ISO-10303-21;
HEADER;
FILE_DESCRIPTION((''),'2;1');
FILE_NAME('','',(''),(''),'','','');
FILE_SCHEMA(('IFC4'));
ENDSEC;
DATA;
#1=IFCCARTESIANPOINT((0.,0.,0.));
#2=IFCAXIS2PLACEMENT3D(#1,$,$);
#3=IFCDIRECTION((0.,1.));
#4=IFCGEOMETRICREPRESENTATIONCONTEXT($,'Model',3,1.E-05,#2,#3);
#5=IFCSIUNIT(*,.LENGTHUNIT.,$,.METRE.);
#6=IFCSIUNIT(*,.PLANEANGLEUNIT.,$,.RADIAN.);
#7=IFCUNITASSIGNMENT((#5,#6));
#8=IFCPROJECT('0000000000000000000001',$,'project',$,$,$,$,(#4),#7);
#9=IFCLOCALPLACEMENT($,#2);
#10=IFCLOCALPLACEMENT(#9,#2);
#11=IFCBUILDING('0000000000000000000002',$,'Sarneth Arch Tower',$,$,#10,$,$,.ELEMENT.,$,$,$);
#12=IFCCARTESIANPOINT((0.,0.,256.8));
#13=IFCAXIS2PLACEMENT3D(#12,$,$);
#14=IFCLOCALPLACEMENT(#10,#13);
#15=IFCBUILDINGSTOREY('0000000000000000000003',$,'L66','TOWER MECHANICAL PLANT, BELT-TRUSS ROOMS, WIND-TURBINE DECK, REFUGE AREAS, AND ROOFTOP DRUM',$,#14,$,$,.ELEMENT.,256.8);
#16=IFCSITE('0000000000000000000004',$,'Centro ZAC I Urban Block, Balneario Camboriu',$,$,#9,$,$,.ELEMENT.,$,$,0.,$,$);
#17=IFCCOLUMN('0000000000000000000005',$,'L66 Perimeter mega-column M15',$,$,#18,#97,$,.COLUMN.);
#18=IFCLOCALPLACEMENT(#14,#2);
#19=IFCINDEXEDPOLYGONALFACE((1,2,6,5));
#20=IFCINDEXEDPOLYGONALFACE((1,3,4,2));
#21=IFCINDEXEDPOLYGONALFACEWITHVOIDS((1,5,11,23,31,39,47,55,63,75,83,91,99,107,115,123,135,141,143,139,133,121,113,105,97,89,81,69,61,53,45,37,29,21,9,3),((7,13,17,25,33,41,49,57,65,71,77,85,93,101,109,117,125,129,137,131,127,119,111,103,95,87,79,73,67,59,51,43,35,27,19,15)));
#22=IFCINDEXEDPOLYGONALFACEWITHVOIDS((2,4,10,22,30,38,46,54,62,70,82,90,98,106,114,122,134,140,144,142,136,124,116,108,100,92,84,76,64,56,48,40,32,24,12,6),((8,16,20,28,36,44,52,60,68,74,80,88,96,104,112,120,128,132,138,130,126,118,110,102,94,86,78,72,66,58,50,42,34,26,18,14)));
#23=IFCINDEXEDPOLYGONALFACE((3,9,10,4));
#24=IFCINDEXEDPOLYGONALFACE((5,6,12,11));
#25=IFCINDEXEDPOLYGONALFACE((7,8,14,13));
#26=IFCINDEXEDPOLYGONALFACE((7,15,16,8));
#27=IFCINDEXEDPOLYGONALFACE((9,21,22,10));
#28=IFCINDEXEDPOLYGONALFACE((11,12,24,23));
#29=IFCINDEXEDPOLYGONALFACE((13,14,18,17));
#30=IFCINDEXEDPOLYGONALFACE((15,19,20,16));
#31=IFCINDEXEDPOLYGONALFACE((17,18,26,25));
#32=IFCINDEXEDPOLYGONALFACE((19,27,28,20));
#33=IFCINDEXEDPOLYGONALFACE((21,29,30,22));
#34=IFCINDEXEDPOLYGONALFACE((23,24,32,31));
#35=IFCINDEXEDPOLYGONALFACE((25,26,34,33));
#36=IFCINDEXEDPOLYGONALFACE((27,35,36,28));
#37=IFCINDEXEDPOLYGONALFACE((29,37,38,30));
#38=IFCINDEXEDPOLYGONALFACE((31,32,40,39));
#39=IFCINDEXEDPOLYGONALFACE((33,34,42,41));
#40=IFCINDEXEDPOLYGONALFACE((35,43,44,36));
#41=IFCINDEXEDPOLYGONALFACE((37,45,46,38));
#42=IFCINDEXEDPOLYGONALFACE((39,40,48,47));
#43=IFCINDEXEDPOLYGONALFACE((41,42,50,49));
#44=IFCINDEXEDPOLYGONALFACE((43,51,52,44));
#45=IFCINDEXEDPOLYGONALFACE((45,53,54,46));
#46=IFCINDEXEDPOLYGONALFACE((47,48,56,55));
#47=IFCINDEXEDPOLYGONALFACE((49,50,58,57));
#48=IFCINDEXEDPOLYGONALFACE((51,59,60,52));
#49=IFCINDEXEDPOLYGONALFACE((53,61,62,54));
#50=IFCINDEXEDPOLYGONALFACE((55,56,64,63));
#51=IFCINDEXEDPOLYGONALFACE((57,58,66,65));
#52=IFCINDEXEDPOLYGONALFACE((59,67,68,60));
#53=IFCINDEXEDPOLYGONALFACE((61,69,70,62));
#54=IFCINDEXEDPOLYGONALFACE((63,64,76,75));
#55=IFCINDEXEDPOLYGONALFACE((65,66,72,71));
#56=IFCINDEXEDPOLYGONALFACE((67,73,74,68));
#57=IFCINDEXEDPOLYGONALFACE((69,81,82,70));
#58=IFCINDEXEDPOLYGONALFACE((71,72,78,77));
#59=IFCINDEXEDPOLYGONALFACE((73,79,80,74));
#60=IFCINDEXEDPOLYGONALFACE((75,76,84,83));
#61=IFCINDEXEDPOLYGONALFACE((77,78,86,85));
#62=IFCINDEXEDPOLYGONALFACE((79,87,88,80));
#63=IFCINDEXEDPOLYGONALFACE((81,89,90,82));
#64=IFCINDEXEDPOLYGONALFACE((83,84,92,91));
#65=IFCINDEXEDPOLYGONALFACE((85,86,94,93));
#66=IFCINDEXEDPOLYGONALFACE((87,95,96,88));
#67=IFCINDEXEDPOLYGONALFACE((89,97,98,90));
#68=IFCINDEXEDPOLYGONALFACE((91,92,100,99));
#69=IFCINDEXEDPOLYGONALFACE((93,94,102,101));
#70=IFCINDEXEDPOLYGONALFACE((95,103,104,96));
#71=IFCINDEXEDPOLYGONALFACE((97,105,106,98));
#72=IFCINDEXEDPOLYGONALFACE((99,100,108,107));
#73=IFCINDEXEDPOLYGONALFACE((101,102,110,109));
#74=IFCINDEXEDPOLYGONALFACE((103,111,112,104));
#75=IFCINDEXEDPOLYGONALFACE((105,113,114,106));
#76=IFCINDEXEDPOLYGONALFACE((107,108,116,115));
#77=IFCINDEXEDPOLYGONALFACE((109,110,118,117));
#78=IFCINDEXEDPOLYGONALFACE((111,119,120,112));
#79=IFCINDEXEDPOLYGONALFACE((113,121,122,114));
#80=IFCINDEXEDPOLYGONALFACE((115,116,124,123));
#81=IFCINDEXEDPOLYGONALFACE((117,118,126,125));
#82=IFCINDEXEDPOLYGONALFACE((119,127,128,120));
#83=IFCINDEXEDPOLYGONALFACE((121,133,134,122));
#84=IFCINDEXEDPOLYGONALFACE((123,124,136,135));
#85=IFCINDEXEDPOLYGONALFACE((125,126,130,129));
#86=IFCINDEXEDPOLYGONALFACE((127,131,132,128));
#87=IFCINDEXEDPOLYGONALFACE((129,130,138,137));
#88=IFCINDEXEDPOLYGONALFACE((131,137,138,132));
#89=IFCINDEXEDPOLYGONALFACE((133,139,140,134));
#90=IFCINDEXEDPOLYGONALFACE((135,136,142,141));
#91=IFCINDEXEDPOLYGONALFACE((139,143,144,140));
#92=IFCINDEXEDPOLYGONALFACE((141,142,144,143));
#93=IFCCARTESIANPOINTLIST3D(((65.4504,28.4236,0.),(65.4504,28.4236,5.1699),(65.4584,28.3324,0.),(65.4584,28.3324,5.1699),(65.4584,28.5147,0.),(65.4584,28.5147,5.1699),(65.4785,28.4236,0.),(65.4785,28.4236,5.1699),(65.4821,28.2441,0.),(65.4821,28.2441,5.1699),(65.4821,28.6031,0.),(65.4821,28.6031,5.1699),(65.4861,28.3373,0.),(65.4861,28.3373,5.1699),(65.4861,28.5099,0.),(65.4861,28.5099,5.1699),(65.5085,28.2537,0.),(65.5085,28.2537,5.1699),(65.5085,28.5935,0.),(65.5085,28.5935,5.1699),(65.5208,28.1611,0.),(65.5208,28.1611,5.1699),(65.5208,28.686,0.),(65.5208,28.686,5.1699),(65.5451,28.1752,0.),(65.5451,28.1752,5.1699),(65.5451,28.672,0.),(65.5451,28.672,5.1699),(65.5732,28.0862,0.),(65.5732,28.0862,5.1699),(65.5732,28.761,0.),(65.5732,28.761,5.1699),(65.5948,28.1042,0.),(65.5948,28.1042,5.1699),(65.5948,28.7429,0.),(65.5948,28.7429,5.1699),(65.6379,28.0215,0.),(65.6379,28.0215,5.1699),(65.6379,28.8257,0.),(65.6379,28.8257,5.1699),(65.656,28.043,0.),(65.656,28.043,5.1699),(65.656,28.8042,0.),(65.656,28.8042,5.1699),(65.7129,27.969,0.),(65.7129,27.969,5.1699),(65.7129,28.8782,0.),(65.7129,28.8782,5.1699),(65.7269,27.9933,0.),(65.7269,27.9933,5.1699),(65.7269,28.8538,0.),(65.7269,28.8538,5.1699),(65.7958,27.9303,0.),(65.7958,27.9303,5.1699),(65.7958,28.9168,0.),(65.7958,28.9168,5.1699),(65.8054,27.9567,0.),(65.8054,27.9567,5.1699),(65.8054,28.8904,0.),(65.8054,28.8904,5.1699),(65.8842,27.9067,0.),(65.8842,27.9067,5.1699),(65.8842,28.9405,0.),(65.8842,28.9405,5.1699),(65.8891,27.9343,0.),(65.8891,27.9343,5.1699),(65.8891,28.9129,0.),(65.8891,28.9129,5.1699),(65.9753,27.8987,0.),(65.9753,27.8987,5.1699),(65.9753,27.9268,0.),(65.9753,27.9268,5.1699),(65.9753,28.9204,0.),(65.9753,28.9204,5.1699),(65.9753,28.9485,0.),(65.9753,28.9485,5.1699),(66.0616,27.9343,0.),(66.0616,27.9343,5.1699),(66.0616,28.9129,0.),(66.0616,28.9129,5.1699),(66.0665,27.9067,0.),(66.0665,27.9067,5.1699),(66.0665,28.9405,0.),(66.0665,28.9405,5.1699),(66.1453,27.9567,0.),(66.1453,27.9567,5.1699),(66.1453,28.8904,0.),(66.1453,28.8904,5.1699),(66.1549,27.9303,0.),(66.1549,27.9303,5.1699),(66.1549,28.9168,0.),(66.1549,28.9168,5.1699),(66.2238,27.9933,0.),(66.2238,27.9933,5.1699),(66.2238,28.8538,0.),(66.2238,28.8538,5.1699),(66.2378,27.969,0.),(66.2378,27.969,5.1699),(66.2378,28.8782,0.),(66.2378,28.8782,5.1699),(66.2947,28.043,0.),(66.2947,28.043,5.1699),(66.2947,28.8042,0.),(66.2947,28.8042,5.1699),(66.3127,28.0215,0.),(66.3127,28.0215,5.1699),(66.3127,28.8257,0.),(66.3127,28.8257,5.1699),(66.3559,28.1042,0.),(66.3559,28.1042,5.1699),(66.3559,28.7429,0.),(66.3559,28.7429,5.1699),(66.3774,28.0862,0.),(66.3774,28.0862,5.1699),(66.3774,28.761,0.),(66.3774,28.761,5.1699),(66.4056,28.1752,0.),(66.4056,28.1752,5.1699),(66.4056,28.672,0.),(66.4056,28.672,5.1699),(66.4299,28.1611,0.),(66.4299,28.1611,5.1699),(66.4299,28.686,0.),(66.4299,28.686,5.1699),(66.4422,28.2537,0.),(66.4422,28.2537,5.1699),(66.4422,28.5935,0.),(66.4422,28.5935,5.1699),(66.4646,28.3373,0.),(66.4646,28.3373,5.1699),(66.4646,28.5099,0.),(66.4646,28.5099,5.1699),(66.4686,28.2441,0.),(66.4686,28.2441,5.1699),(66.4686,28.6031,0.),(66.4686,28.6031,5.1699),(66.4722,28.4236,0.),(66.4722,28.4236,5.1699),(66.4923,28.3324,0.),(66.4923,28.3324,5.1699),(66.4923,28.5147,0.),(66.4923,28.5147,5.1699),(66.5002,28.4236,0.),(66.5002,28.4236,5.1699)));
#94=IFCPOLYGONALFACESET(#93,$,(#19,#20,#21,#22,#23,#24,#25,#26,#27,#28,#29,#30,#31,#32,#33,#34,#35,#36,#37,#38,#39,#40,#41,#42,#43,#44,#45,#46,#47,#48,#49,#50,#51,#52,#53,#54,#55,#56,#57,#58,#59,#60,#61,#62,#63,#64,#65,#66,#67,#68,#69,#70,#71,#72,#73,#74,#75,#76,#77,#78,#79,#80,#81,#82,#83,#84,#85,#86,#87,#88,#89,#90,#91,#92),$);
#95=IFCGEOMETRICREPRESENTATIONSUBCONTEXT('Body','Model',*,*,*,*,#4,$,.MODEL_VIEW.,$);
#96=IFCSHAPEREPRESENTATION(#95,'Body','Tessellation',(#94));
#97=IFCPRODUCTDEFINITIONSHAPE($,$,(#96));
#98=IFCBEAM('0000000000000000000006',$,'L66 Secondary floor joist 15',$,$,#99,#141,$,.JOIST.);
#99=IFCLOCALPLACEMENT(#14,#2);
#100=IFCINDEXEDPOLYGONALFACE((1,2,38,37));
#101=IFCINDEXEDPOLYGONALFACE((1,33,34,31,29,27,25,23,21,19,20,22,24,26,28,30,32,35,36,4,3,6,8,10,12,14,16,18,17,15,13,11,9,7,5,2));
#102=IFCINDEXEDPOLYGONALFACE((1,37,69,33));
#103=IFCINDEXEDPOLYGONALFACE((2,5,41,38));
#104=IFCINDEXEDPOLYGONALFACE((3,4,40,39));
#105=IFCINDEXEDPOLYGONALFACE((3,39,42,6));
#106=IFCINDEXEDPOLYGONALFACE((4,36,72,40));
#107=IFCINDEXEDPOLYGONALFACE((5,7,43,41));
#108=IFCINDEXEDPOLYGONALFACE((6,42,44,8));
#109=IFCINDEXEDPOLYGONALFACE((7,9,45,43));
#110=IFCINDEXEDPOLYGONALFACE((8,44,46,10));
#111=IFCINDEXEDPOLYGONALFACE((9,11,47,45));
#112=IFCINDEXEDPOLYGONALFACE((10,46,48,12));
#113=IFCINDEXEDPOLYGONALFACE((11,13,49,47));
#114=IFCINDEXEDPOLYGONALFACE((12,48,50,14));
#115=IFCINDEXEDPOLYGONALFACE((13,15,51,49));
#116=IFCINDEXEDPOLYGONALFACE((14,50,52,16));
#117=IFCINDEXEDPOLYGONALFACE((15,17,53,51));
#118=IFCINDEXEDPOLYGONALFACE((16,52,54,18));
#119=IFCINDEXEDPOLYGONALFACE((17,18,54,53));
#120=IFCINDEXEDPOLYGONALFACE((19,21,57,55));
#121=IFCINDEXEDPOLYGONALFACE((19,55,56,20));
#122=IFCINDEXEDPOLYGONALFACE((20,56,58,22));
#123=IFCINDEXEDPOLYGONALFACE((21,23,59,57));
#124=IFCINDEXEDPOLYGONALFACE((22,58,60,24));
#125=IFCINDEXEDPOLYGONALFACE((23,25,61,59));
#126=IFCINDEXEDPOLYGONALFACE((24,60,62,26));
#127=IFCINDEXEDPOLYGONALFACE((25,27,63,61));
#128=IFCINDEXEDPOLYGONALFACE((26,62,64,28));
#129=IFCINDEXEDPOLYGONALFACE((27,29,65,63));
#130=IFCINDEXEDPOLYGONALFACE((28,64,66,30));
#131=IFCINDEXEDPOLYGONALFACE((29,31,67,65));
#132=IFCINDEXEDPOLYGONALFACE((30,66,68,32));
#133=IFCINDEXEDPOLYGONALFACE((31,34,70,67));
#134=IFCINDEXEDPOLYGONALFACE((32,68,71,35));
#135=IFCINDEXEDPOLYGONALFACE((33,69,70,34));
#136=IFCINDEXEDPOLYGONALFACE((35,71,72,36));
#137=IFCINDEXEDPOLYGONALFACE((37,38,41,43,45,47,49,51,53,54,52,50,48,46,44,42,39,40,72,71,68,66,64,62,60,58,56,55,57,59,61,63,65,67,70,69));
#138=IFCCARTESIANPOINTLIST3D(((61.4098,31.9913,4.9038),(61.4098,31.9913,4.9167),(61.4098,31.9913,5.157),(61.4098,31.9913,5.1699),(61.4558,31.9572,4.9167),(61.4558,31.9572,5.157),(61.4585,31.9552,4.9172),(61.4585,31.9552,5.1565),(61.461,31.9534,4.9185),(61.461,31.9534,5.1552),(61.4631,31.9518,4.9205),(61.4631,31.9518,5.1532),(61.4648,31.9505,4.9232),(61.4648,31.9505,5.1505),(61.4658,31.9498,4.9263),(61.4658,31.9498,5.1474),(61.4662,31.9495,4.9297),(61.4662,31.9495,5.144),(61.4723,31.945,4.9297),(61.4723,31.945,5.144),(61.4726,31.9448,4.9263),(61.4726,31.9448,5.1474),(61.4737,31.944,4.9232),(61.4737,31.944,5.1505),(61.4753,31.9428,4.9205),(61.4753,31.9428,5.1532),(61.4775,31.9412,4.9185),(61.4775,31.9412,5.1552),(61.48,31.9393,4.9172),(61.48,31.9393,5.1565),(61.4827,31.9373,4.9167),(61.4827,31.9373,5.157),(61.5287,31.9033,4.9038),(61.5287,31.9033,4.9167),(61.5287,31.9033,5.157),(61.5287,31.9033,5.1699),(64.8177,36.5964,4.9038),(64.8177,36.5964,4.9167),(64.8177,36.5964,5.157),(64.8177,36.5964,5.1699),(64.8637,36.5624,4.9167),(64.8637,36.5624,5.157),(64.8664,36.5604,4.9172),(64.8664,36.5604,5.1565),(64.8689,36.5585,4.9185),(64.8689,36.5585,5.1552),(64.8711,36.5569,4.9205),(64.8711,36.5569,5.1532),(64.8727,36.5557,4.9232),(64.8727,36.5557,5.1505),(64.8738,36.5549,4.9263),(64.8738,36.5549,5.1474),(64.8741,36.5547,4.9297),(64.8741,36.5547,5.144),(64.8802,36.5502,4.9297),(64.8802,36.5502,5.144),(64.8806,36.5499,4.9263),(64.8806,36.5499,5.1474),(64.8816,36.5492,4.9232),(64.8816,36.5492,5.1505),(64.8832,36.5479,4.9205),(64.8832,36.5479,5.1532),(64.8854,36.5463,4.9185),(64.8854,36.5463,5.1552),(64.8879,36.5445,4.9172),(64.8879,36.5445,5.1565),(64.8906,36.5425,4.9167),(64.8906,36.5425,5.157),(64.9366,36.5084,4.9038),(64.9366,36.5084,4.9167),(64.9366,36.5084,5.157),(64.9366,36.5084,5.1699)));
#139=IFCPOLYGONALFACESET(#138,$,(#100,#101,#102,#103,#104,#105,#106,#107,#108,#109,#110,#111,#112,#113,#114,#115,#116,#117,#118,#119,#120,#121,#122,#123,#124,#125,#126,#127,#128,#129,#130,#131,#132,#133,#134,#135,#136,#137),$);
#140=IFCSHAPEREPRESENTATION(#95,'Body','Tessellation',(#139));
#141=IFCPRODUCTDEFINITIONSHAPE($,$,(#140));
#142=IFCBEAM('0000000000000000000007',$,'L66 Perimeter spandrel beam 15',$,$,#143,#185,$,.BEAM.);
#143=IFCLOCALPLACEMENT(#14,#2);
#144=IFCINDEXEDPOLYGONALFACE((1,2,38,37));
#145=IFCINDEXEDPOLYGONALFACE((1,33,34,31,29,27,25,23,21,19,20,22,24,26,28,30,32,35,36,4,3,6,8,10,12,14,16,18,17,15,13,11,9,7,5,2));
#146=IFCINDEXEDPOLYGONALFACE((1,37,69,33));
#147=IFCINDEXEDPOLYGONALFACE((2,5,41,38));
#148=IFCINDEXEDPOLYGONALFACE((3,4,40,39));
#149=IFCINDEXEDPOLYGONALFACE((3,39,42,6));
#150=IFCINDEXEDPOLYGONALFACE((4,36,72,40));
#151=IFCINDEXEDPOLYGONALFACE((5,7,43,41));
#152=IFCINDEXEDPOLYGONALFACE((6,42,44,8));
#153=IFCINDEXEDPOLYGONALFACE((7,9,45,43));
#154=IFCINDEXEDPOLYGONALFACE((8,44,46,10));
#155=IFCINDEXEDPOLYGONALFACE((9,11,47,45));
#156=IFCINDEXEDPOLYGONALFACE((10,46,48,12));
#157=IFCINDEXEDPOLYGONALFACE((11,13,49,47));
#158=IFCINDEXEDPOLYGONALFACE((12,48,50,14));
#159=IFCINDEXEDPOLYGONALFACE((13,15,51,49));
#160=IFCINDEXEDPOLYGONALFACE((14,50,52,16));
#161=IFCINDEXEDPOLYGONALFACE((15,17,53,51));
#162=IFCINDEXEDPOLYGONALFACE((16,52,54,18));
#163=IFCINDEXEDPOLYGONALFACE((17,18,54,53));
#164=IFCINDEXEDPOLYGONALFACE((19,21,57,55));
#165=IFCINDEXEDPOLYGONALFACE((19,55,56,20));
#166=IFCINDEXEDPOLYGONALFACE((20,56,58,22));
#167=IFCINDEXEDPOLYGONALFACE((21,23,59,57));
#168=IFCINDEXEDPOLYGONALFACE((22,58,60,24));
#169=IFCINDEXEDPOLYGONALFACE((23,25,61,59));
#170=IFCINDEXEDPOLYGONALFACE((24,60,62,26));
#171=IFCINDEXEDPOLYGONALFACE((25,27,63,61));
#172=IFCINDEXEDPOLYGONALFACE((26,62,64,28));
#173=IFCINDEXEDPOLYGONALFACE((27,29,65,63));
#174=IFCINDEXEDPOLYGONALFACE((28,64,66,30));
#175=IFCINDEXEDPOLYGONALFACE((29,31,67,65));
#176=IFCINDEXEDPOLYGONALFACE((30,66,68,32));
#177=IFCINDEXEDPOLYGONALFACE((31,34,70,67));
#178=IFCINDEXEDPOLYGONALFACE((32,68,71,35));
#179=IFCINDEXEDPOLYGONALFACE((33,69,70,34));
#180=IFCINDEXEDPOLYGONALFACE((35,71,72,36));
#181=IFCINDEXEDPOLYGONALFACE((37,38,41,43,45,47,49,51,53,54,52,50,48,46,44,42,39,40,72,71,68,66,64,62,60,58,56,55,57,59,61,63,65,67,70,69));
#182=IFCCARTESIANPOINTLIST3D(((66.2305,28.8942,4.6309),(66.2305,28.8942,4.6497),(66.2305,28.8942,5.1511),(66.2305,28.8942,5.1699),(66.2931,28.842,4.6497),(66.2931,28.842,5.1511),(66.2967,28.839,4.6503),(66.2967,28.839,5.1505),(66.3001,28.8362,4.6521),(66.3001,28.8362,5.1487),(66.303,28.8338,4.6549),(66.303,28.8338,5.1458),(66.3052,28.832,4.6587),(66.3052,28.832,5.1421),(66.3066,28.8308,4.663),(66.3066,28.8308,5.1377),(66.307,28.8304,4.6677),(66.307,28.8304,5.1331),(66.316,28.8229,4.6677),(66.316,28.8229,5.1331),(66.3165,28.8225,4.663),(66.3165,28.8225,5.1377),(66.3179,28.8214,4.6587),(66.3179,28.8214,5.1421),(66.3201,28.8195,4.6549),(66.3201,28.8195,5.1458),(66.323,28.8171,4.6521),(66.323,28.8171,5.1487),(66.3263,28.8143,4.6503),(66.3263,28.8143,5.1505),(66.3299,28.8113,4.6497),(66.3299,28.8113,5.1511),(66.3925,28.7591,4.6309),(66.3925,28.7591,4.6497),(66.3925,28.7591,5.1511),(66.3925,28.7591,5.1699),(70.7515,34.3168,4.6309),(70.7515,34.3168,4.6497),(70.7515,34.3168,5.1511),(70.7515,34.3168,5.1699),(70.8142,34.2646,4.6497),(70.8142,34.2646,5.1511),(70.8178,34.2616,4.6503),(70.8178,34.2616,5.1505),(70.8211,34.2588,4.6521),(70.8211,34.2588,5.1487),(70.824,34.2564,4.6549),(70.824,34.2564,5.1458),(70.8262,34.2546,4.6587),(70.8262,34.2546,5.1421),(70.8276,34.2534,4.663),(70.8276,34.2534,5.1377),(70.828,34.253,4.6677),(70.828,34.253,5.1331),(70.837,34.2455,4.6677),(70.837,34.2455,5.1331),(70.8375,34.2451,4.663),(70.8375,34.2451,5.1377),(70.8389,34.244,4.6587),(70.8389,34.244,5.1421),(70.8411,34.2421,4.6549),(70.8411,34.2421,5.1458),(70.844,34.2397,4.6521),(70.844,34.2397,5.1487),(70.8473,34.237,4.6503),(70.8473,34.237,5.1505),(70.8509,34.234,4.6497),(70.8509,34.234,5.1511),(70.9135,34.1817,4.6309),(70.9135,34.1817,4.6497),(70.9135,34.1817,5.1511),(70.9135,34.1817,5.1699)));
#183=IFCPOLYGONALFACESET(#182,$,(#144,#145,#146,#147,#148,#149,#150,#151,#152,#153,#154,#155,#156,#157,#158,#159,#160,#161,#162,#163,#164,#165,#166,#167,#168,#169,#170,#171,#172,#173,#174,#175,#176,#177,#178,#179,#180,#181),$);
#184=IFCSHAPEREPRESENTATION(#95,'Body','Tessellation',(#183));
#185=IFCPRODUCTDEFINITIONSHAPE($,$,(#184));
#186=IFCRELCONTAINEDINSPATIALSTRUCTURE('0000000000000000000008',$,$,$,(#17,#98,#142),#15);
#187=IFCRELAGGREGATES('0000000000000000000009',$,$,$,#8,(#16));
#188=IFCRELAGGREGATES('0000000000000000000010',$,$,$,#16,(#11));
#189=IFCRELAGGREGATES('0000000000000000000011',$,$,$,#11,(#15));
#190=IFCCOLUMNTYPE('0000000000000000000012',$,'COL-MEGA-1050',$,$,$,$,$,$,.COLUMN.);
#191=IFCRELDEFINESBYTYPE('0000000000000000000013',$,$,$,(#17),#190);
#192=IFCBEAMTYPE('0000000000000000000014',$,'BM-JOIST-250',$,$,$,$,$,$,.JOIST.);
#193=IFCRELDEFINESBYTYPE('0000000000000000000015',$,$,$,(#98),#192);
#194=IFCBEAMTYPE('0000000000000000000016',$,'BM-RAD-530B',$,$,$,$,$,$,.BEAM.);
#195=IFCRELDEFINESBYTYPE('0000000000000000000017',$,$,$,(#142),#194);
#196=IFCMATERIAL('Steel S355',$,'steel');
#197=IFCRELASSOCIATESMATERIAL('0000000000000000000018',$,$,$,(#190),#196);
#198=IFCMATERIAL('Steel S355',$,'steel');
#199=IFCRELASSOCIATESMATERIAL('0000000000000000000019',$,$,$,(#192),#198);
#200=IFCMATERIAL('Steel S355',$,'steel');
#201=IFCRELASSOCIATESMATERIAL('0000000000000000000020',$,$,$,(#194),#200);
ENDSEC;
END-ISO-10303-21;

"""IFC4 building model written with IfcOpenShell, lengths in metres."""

from ifc_helpers import new_model, si_unit, direction, frame, origin, origin_2d, place, context, subcontext, project, spatial, hollow_circle, i_section, extrude, material, material_profile, profile_set, type_object, element, save


model = new_model("IFC4")

# Units and contexts
model_context = context("Model", 3, precision=1e-05, world=origin(), true_north=direction((0.0, 1.0)))
body_context = subcontext(model_context, "Body", "Model", "MODEL_VIEW")
ifc_project = project(units=[si_unit("LENGTHUNIT", "METRE"), si_unit("PLANEANGLEUNIT", "RADIAN")], contexts=[model_context])

# Site, building, storey
site_placement = place(None, origin())
site = spatial("IfcSite", under=ifc_project, at=site_placement, Name="Centro ZAC I Urban Block, Balneario Camboriu", CompositionType="ELEMENT", RefElevation=0.0)
building_placement = place(site_placement, origin())
building = spatial("IfcBuilding", under=site, at=building_placement, Name="Sarneth Arch Tower", CompositionType="ELEMENT")
storey_placement = place(building_placement, frame((0.0, 0.0, 256.8)))
storey = spatial("IfcBuildingStorey", under=building, at=storey_placement, Name="L66", Description="TOWER MECHANICAL PLANT, BELT-TRUSS ROOMS, WIND-TURBINE DECK, REFUGE AREAS, AND ROOFTOP DRUM", CompositionType="ELEMENT", Elevation=256.8)

# Column
ifc_material_1 = material(Name="Steel S355", Category="steel")
ifc_material_profile_1 = material_profile(ifc_material_1, hollow_circle(Radius=0.5249, WallThickness=0.0281, at=origin_2d()), Name="CHS1050x28")
ifc_profile_set_1 = profile_set([ifc_material_profile_1], Name="Steel S355")
column_type = type_object("IfcColumnType", Name="COL-MEGA-1050", PredefinedType="COLUMN", material=ifc_profile_set_1)
column_placement = place(storey_placement, frame((65.9753, 28.4236, 0.0), z_axis=(0.0, 0.0, 1.0), x_axis=(1.0, 0.0, 0.0)))
element("IfcColumn", 1, at=column_placement, inside=storey, type_object=column_type, Name="L66 Perimeter mega-column M15", PredefinedType="COLUMN", context=body_context, shape_type="SweptSolid", body=[
    extrude(hollow_circle(Radius=0.5249, WallThickness=0.0281, at=origin_2d()), origin(), (0.0, 0.0, 1.0), 5.1699),
])

# Beams
ifc_material_2 = material(Name="Steel S355", Category="steel")
ifc_material_profile_2 = material_profile(ifc_material_2, i_section(OverallWidth=0.1479, OverallDepth=0.2661, WebThickness=0.0076, FlangeThickness=0.0129, FilletRadius=0.0129, at=origin_2d()), Name="W250x44.8")
ifc_profile_set_2 = profile_set([ifc_material_profile_2], Name="Steel S355")
beam_type_1 = type_object("IfcBeamType", Name="BM-JOIST-250", PredefinedType="JOIST", material=ifc_profile_set_2)
beam_1_placement = place(storey_placement, frame((61.4692, 31.9473, 5.0369), z_axis=(0.594853, 0.803834, 0.0), x_axis=(-0.803834, 0.594853, 0.0)))
element("IfcBeam", 2, at=beam_1_placement, inside=storey, type_object=beam_type_1, Name="L66 Secondary floor joist 15", PredefinedType="JOIST", context=body_context, shape_type="SweptSolid", body=[
    extrude(i_section(OverallWidth=0.1479, OverallDepth=0.2661, WebThickness=0.0076, FlangeThickness=0.0129, FilletRadius=0.0129, at=origin_2d()), origin(), (0.0, 0.0, 1.0), 5.729),
])
ifc_material_3 = material(Name="Steel S355", Category="steel")
ifc_material_profile_3 = material_profile(ifc_material_3, i_section(OverallWidth=0.2109, OverallDepth=0.5391, WebThickness=0.0117, FlangeThickness=0.0188, FilletRadius=0.0181, at=origin_2d()), Name="W530x109")
ifc_profile_set_3 = profile_set([ifc_material_profile_3], Name="Steel S355")
beam_type_2 = type_object("IfcBeamType", Name="BM-RAD-530B", PredefinedType="BEAM", material=ifc_profile_set_3)
beam_2_placement = place(storey_placement, frame((66.3115, 28.8267, 4.9004), z_axis=(0.640365, 0.768071, 0.0), x_axis=(-0.768071, 0.640365, 0.0)))
element("IfcBeam", 3, at=beam_2_placement, inside=storey, type_object=beam_type_2, Name="L66 Perimeter spandrel beam 15", PredefinedType="BEAM", context=body_context, shape_type="SweptSolid", body=[
    extrude(i_section(OverallWidth=0.2109, OverallDepth=0.5391, WebThickness=0.0117, FlangeThickness=0.0188, FilletRadius=0.0181, at=origin_2d()), origin(), (0.0, 0.0, 1.0), 7.0601),
])

save(model, "model.ifc")
